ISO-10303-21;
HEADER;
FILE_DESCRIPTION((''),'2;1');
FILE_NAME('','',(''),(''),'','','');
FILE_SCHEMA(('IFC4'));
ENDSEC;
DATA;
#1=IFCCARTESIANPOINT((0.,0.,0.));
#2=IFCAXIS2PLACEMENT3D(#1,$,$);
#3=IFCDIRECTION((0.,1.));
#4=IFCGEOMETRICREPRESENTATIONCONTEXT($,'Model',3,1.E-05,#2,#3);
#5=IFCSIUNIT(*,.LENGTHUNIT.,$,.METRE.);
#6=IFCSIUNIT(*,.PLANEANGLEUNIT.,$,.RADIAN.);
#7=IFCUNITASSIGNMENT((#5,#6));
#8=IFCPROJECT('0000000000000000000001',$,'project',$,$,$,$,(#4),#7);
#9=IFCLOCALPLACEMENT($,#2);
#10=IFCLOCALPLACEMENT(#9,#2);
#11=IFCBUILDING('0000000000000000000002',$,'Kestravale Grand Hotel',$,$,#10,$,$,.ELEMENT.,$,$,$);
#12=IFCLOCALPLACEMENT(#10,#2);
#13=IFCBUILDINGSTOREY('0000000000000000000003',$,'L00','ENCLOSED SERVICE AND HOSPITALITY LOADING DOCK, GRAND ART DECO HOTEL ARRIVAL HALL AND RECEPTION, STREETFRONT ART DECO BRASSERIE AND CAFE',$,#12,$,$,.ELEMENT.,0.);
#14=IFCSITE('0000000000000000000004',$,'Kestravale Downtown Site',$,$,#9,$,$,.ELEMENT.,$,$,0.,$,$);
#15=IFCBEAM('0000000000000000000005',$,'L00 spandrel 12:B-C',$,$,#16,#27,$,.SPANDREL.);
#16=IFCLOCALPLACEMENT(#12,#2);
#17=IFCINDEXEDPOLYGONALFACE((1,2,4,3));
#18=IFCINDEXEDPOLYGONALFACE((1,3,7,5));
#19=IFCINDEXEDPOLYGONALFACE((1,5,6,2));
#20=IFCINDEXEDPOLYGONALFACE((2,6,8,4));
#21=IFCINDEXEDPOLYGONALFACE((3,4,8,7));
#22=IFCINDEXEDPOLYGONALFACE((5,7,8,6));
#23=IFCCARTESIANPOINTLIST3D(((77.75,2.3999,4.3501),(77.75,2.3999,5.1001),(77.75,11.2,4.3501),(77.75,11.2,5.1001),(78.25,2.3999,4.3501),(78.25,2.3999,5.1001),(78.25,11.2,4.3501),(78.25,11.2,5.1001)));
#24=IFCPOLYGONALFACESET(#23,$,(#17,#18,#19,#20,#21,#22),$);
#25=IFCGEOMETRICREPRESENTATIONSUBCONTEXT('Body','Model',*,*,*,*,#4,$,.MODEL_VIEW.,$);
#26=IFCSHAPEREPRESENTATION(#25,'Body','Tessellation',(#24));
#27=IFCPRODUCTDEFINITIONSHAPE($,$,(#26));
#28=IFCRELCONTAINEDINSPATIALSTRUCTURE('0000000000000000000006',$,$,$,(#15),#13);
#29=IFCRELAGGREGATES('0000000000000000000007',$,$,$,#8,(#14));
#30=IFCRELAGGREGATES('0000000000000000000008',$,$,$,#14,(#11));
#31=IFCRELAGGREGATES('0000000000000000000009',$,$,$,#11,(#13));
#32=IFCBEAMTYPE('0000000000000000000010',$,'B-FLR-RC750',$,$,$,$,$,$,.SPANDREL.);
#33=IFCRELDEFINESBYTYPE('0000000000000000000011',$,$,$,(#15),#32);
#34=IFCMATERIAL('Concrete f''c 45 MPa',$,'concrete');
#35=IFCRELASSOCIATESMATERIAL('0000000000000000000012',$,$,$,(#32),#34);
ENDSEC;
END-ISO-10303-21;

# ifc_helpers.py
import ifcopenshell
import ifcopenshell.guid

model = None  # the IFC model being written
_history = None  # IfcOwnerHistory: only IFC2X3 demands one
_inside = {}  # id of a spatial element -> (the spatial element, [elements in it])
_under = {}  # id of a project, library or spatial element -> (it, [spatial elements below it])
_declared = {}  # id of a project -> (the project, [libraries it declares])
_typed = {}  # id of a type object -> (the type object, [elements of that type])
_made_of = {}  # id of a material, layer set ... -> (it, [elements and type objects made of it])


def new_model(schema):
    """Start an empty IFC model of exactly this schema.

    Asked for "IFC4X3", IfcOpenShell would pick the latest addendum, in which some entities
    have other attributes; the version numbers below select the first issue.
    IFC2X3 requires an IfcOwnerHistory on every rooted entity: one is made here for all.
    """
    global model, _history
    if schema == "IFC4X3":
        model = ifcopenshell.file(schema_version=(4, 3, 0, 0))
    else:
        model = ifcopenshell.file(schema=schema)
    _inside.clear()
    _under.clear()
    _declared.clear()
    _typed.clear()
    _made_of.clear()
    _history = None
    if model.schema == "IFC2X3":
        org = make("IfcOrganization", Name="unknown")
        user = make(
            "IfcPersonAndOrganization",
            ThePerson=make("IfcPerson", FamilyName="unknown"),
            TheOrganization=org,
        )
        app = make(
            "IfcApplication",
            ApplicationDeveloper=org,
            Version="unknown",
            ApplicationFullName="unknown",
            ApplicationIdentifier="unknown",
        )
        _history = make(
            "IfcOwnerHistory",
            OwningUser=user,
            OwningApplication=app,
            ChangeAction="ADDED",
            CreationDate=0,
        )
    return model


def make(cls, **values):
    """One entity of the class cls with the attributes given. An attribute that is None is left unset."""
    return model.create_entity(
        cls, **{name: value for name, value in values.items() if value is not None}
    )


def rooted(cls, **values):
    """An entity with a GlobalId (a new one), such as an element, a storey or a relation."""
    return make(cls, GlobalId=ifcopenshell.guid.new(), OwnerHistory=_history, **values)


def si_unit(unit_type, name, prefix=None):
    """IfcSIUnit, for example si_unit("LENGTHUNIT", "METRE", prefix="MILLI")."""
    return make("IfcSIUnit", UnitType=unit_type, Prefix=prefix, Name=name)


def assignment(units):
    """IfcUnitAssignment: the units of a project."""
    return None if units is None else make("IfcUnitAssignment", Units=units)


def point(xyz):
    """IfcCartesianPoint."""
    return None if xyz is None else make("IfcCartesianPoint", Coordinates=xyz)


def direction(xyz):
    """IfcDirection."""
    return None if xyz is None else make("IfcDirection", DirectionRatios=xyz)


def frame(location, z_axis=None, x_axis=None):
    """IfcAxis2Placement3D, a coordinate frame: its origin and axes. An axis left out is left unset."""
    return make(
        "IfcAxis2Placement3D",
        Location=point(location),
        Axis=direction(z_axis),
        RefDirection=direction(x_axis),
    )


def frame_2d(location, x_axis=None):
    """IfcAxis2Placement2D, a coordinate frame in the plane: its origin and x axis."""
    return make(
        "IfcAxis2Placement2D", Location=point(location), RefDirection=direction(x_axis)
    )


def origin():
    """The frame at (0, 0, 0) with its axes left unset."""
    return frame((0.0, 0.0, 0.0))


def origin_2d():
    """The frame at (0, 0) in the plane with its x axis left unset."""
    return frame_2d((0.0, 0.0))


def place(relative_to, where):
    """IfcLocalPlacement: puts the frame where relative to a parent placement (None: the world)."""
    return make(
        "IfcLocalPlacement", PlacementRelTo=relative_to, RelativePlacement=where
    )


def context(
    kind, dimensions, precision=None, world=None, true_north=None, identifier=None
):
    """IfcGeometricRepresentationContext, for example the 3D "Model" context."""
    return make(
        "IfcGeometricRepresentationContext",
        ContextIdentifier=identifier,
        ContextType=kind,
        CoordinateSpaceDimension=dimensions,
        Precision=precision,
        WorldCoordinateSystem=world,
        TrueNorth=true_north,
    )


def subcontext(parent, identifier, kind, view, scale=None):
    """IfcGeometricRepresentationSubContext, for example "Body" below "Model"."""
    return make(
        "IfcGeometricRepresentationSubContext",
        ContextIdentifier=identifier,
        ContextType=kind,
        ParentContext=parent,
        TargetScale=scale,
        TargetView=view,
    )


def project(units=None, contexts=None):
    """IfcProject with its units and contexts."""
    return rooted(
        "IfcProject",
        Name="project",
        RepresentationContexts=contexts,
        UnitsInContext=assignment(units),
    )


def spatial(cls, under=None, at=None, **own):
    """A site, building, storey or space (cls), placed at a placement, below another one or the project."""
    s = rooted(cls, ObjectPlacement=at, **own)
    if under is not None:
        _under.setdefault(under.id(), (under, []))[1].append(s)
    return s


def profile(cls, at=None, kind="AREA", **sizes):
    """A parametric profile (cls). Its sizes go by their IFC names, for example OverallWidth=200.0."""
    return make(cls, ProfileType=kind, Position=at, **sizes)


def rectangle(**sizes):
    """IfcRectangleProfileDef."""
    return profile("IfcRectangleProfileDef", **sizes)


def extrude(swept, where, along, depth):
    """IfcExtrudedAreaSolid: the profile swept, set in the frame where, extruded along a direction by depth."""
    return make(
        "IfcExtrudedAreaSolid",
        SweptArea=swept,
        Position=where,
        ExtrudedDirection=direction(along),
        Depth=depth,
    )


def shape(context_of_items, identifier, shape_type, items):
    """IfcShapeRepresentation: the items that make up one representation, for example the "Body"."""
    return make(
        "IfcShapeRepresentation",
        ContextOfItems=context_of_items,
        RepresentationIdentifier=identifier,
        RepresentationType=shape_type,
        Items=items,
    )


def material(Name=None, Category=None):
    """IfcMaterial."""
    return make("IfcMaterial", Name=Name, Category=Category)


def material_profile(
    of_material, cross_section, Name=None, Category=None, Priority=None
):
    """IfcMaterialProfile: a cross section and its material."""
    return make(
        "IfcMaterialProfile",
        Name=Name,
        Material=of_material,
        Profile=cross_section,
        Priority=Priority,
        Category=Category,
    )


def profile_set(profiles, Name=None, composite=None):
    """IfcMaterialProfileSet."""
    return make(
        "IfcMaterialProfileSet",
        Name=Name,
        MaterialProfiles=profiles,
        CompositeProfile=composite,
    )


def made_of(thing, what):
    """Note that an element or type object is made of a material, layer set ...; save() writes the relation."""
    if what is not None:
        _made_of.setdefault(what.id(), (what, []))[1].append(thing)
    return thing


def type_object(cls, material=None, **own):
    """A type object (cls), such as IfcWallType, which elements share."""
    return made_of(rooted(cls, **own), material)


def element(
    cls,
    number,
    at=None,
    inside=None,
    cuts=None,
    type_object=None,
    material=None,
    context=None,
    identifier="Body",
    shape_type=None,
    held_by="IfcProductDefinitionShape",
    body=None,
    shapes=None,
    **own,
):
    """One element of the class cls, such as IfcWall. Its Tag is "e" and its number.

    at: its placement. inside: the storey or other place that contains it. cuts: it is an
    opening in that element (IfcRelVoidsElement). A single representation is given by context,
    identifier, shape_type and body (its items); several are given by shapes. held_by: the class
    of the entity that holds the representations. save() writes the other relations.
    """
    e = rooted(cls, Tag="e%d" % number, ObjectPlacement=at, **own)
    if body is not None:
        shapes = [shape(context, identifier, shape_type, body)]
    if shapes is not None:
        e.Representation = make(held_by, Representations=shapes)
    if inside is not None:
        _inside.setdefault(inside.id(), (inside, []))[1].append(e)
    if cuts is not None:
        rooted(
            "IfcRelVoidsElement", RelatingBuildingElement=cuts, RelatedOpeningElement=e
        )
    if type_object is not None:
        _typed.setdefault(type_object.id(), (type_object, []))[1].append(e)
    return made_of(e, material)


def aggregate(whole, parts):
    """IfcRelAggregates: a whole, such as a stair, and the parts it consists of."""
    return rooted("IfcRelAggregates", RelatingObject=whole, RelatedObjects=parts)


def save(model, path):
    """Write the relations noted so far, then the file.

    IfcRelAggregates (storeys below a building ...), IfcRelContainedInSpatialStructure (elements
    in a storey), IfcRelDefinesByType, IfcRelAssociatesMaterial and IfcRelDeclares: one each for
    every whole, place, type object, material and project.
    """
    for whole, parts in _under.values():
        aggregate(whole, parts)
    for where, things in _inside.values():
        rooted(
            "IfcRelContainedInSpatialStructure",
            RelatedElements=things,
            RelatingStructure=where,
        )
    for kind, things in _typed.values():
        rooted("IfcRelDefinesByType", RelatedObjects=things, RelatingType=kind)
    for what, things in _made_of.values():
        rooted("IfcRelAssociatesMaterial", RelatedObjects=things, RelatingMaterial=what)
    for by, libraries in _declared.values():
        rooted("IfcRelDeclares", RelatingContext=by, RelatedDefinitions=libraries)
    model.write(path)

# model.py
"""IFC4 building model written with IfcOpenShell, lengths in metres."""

from ifc_helpers import new_model, si_unit, direction, frame, origin, origin_2d, place, context, subcontext, project, spatial, rectangle, extrude, material, material_profile, profile_set, type_object, element, save


model = new_model("IFC4")

# Units and contexts
model_context = context("Model", 3, precision=1e-05, world=origin(), true_north=direction((0.0, 1.0)))
body_context = subcontext(model_context, "Body", "Model", "MODEL_VIEW")
ifc_project = project(units=[si_unit("LENGTHUNIT", "METRE"), si_unit("PLANEANGLEUNIT", "RADIAN")], contexts=[model_context])

# Site, building, storey
site_placement = place(None, origin())
site = spatial("IfcSite", under=ifc_project, at=site_placement, Name="Kestravale Downtown Site", CompositionType="ELEMENT", RefElevation=0.0)
building_placement = place(site_placement, origin())
building = spatial("IfcBuilding", under=site, at=building_placement, Name="Kestravale Grand Hotel", CompositionType="ELEMENT")
storey_placement = place(building_placement, origin())
storey = spatial("IfcBuildingStorey", under=building, at=storey_placement, Name="L00", Description="ENCLOSED SERVICE AND HOSPITALITY LOADING DOCK, GRAND ART DECO HOTEL ARRIVAL HALL AND RECEPTION, STREETFRONT ART DECO BRASSERIE AND CAFE", CompositionType="ELEMENT", Elevation=0.0)

# Beam
ifc_material_1 = material(Name="Concrete f'c 45 MPa", Category="concrete")
ifc_material_profile_1 = material_profile(ifc_material_1, rectangle(XDim=0.5, YDim=0.75, at=origin_2d()))
ifc_profile_set_1 = profile_set([ifc_material_profile_1], Name="Concrete f'c 45 MPa")
beam_type_1 = type_object("IfcBeamType", Name="B-FLR-RC750", PredefinedType="SPANDREL", material=ifc_profile_set_1)
beam_placement = place(storey_placement, frame((78.0, 2.3999, 4.7251), z_axis=(0.0, 1.0, 0.0), x_axis=(-1.0, 0.0, 0.0)))
element("IfcBeam", 1, at=beam_placement, inside=storey, type_object=beam_type_1, Name="L00 spandrel 12:B-C", PredefinedType="SPANDREL", context=body_context, shape_type="SweptSolid", body=[
    extrude(rectangle(XDim=0.5, YDim=0.75, at=origin_2d()), origin(), (0.0, 0.0, 1.0), 8.8),
])

save(model, "model.ifc")
